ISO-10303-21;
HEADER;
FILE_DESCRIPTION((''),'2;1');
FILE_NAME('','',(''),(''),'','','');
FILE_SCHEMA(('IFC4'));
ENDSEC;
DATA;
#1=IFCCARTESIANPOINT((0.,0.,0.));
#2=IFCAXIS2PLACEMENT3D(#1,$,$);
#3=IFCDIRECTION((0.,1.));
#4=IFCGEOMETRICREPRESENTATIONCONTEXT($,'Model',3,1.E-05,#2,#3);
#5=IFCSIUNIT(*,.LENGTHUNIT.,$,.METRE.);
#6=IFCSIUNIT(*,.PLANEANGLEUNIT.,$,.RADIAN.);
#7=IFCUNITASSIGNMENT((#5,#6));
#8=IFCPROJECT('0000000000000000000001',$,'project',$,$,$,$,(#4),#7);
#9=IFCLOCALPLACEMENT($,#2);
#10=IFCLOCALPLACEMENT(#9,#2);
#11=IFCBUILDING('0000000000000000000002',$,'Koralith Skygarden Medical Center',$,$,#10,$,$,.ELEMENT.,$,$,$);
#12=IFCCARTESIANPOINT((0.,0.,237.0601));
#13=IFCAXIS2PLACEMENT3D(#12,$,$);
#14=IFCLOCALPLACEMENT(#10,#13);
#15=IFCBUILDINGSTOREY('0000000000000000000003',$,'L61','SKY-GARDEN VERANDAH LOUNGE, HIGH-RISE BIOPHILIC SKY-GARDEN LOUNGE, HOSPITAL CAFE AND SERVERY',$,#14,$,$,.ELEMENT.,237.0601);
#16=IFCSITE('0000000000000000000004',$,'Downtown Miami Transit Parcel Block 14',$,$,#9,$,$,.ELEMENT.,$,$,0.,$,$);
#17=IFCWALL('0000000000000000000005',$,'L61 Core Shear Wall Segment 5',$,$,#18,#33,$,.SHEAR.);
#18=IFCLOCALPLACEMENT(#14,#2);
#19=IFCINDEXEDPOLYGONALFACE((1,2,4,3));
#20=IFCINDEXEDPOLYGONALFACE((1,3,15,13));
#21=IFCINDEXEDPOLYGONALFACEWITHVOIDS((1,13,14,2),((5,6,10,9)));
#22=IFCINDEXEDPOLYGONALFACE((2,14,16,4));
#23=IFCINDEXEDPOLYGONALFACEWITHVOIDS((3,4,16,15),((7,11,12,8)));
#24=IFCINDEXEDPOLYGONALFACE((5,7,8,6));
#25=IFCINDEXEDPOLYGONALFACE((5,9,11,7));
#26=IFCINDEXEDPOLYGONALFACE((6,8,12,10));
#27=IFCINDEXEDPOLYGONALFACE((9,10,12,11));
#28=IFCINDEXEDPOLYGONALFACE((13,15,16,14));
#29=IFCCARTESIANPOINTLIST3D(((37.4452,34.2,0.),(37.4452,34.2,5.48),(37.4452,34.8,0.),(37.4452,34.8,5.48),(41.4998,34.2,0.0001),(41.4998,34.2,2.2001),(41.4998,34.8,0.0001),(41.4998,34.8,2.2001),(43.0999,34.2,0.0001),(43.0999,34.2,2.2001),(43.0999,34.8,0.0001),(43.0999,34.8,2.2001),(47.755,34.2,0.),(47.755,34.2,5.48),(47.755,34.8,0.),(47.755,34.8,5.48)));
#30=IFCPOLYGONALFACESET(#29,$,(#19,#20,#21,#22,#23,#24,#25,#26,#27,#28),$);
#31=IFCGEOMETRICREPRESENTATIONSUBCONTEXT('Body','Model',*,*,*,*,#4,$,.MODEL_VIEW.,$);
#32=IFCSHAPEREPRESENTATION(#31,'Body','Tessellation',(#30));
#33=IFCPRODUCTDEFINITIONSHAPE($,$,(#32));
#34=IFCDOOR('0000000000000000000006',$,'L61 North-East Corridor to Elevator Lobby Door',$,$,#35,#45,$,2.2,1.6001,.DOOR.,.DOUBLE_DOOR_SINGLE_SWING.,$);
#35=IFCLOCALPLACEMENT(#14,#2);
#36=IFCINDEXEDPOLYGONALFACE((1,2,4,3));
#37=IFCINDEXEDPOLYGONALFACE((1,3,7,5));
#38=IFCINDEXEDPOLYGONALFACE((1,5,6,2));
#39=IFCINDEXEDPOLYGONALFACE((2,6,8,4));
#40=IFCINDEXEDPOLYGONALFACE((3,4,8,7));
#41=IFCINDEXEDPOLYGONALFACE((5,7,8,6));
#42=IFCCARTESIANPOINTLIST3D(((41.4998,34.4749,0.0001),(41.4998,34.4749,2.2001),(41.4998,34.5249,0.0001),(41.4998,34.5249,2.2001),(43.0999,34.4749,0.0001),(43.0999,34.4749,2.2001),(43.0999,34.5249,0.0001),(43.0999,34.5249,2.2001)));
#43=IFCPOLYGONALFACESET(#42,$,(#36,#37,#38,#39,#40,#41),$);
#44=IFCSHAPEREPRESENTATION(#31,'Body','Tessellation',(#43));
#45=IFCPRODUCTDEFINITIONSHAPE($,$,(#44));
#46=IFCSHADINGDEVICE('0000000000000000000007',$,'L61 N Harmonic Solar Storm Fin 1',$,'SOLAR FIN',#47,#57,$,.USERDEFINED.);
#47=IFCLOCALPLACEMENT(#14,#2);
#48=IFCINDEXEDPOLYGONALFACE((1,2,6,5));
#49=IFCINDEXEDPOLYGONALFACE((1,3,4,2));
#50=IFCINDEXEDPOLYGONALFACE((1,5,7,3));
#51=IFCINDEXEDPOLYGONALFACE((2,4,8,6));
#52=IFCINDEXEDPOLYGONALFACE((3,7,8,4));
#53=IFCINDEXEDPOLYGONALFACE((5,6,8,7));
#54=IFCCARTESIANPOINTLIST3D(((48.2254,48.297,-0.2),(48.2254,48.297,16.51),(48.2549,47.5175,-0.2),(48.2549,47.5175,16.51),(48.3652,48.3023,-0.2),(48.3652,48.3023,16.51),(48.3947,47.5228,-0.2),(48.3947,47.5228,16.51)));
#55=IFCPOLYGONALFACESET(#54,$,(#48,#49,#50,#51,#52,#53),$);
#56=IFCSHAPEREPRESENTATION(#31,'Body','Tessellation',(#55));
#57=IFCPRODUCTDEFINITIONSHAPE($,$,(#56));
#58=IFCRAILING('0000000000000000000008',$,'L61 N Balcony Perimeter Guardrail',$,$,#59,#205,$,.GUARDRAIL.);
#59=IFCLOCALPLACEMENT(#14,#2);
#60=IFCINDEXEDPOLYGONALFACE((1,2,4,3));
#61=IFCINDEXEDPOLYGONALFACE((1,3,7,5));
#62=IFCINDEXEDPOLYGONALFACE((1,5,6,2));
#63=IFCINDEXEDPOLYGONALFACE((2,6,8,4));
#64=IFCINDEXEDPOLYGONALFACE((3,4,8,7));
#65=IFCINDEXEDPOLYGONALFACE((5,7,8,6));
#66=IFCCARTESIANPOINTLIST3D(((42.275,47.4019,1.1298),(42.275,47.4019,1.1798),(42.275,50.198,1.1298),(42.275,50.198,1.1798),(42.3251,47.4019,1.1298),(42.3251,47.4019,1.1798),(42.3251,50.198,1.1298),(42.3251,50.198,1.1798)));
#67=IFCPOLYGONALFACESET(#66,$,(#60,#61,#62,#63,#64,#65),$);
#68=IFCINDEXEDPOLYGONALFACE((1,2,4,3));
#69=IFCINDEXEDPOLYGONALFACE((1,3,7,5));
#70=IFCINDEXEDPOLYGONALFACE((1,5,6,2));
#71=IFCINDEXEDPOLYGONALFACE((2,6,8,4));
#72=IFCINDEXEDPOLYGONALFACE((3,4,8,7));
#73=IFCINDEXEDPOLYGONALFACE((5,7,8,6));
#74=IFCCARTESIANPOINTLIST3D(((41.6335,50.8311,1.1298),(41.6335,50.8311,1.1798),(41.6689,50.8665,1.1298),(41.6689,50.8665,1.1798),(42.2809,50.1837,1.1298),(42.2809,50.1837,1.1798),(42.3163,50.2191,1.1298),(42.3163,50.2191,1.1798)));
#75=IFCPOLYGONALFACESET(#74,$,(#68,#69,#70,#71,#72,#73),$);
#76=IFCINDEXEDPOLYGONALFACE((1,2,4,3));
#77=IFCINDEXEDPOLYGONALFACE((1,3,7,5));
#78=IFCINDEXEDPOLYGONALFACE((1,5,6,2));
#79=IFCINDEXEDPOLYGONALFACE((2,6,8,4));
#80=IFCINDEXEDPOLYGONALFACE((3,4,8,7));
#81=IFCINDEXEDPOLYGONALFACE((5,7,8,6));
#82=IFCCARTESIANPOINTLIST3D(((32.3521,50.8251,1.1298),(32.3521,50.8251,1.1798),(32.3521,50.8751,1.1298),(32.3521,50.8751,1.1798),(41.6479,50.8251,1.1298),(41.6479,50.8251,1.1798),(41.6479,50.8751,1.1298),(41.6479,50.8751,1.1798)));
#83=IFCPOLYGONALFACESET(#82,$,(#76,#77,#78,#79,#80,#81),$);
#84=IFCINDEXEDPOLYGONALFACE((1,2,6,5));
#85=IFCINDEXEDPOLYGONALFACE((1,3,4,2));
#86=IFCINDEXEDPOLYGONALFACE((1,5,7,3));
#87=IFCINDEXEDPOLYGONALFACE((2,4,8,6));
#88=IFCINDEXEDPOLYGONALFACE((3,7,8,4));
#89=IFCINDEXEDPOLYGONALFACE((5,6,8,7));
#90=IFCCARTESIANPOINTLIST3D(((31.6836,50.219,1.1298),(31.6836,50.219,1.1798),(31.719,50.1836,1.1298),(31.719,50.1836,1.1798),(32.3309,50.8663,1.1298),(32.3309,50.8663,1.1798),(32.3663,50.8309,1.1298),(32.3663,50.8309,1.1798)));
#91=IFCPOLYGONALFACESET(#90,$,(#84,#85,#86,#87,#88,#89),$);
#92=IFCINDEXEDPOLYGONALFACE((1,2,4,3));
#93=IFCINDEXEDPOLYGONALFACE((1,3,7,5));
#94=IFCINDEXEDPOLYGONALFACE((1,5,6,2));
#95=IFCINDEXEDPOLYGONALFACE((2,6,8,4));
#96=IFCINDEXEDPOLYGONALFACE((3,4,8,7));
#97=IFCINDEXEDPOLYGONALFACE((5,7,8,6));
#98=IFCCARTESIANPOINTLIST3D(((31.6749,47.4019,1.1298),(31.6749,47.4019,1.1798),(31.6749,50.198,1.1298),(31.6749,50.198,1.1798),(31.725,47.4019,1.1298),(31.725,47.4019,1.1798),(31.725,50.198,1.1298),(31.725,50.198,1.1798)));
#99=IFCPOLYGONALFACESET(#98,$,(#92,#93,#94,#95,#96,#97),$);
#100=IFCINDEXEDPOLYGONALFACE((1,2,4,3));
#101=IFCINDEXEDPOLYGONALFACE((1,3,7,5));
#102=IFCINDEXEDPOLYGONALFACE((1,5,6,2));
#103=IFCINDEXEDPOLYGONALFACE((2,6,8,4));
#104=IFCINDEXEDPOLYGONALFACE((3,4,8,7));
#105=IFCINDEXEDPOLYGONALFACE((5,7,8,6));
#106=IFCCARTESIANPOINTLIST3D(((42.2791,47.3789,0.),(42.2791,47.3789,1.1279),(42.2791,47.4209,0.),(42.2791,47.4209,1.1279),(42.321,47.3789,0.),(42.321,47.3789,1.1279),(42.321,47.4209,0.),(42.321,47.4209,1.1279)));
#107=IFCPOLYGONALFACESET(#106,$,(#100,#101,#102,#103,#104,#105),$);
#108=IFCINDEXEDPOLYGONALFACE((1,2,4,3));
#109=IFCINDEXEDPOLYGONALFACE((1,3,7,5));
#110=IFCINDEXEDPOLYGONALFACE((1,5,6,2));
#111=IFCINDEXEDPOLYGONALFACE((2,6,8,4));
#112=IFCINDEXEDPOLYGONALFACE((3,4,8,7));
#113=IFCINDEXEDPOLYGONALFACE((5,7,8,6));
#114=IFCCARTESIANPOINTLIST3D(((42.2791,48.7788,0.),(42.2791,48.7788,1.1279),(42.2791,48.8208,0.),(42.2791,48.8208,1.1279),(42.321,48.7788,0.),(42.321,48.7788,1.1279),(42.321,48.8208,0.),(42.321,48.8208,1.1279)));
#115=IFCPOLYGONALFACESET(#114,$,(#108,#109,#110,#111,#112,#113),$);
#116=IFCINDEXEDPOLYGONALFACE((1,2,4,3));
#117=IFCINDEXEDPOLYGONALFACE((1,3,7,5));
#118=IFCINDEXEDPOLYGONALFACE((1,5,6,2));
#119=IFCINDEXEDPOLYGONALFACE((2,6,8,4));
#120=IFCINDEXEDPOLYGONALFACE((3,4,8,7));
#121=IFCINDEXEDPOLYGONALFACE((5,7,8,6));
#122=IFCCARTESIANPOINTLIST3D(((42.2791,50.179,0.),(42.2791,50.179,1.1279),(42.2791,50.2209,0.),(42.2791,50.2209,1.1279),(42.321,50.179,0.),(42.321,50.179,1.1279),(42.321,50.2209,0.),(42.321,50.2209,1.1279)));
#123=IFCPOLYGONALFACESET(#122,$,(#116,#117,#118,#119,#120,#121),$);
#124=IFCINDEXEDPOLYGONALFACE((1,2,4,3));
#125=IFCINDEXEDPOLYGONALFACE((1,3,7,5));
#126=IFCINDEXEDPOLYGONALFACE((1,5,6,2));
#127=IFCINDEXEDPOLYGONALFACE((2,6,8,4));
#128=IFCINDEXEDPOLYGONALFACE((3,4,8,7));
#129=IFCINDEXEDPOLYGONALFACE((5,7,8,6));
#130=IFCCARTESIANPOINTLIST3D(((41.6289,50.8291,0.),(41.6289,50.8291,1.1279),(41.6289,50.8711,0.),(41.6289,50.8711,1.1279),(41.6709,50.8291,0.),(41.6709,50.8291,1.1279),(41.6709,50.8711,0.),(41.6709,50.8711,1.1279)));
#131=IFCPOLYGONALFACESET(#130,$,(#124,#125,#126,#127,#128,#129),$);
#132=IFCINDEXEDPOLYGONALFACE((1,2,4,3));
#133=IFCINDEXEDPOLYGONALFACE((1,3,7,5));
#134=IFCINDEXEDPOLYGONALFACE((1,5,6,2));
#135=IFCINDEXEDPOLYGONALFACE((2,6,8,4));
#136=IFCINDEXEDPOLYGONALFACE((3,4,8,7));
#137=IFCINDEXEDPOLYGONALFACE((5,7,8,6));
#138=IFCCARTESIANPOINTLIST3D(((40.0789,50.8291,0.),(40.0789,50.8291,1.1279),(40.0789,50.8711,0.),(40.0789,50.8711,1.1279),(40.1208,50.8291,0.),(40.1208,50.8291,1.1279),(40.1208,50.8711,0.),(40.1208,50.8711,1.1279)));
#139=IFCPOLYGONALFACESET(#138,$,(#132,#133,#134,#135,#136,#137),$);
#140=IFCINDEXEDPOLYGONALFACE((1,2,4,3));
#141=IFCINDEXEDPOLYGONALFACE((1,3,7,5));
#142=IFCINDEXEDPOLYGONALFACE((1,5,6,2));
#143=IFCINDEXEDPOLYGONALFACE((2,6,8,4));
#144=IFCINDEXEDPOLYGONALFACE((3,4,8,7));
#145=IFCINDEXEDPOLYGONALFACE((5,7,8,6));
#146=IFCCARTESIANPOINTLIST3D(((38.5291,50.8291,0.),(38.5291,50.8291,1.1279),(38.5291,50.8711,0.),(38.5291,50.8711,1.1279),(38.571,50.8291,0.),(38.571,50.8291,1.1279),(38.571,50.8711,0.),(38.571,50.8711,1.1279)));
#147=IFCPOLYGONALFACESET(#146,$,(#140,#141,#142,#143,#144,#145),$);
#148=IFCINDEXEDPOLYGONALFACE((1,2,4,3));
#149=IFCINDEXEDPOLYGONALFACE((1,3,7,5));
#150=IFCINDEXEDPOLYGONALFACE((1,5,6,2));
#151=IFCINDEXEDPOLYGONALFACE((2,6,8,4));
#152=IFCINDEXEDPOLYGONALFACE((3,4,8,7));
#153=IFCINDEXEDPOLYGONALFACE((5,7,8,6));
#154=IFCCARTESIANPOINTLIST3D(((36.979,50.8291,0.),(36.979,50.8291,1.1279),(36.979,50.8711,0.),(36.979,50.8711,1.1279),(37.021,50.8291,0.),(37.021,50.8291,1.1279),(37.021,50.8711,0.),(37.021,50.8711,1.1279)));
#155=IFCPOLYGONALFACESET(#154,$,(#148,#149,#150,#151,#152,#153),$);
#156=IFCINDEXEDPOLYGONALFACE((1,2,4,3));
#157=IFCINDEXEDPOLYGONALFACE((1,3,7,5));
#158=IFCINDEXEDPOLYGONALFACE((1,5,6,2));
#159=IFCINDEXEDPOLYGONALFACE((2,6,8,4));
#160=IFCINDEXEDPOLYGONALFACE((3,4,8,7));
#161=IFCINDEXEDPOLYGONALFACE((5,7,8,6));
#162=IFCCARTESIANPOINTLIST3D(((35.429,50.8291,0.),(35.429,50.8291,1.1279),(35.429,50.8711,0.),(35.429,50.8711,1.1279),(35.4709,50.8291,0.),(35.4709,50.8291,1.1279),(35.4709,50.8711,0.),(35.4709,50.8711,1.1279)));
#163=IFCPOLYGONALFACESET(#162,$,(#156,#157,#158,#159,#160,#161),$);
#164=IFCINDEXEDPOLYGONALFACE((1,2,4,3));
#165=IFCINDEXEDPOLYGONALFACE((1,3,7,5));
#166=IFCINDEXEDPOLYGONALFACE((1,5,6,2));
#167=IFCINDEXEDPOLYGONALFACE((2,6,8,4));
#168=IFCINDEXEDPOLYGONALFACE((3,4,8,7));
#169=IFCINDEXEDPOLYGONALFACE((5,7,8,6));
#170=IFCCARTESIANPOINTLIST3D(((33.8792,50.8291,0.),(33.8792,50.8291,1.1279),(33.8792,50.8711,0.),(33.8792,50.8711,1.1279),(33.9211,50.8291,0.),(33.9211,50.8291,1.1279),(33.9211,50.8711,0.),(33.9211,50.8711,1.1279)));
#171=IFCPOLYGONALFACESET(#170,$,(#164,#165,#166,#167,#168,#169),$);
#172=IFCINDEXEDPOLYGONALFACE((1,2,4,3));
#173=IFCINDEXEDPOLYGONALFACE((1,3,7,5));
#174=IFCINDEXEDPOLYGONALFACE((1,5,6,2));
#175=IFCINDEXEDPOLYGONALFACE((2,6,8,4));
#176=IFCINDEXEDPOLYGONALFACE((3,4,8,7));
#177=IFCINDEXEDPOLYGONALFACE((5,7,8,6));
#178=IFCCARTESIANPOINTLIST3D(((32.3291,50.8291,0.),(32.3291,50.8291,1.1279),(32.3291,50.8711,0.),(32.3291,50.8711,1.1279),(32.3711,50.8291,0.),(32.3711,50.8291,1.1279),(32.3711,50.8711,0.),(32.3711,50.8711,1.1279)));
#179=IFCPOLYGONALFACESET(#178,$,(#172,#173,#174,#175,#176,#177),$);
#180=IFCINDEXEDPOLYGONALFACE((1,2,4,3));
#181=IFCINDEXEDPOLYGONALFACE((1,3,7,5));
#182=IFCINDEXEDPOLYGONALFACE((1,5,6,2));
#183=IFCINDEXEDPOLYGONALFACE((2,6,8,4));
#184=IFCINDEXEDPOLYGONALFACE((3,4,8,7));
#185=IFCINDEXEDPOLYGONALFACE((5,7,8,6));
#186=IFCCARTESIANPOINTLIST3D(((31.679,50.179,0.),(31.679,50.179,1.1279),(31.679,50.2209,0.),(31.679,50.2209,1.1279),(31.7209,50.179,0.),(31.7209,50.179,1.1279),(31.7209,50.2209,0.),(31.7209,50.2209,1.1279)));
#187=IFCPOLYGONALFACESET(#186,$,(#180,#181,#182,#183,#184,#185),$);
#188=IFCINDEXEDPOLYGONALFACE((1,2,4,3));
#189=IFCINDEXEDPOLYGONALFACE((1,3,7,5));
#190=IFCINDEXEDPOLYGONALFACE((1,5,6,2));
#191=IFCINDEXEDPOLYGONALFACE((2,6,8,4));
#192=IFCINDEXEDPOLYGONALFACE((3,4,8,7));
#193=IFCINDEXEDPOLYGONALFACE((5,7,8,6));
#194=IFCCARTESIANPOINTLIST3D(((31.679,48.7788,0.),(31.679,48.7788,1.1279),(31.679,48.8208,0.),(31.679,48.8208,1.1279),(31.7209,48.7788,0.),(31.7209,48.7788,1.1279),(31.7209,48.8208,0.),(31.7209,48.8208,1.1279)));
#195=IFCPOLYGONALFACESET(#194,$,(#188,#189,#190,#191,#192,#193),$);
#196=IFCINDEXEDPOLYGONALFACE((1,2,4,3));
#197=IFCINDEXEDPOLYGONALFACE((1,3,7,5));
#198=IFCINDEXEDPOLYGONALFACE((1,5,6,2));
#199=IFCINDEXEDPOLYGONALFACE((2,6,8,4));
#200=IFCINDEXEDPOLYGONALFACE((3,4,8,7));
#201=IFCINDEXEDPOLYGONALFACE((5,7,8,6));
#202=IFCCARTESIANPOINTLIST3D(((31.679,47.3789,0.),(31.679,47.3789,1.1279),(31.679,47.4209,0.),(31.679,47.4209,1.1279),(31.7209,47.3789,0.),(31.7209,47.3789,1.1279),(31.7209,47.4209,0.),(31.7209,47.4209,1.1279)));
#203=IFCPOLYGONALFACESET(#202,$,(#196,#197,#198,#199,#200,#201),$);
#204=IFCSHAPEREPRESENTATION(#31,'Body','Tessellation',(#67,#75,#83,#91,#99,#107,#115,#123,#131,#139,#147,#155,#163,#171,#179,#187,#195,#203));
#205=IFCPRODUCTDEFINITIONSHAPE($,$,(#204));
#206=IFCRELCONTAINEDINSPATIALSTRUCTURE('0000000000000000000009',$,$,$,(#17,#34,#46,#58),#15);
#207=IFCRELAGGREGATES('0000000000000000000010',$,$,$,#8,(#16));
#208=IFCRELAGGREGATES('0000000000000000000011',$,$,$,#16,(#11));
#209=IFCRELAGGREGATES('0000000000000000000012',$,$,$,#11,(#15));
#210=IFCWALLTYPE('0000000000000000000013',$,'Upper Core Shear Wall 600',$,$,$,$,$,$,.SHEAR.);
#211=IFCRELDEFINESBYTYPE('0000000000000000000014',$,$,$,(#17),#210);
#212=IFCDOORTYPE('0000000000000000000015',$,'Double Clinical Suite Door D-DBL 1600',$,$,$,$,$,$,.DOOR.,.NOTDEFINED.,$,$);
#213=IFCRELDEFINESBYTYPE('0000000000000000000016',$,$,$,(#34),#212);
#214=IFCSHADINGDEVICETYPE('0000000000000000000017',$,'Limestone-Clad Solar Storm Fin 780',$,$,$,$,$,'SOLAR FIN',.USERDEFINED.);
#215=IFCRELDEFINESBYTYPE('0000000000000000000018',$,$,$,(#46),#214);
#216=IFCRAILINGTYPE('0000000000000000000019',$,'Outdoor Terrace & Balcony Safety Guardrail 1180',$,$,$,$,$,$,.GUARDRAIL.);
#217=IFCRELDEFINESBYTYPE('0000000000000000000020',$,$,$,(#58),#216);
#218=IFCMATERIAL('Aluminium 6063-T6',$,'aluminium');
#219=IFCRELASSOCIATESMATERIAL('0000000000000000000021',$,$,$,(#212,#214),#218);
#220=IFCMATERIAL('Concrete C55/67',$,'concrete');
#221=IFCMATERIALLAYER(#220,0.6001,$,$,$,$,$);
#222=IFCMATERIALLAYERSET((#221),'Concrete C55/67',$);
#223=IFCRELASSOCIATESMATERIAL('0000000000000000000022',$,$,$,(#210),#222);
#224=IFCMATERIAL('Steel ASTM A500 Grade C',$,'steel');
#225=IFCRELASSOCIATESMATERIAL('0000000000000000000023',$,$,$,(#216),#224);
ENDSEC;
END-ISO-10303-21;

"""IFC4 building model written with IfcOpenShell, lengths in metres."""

from ifc_helpers import new_model, si_unit, direction, frame, frame_2d, origin, origin_2d, place, context, subcontext, project, spatial, rectangle, extrude, material, layer, layer_set, type_object, element, fill, save


model = new_model("IFC4")

# Units and contexts
model_context = context("Model", 3, precision=1e-05, world=origin(), true_north=direction((0.0, 1.0)))
body_context = subcontext(model_context, "Body", "Model", "MODEL_VIEW")
ifc_project = project(units=[si_unit("LENGTHUNIT", "METRE"), si_unit("PLANEANGLEUNIT", "RADIAN")], contexts=[model_context])

# Site, building, storey
site_placement = place(None, origin())
site = spatial("IfcSite", under=ifc_project, at=site_placement, Name="Downtown Miami Transit Parcel Block 14", CompositionType="ELEMENT", RefElevation=0.0)
building_placement = place(site_placement, origin())
building = spatial("IfcBuilding", under=site, at=building_placement, Name="Koralith Skygarden Medical Center", CompositionType="ELEMENT")
storey_placement = place(building_placement, frame((0.0, 0.0, 237.0601)))
storey = spatial("IfcBuildingStorey", under=building, at=storey_placement, Name="L61", Description="SKY-GARDEN VERANDAH LOUNGE, HIGH-RISE BIOPHILIC SKY-GARDEN LOUNGE, HOSPITAL CAFE AND SERVERY", CompositionType="ELEMENT", Elevation=237.0601)

# Shared definitions
ifc_material_1 = material(Name="Concrete C55/67", Category="concrete")

# Shared definitions
ifc_material_2 = material(Name="Aluminium 6063-T6", Category="aluminium")

# Shared definitions
door_type_1 = type_object("IfcDoorType", Name="Double Clinical Suite Door D-DBL 1600", OperationType="NOTDEFINED", PredefinedType="DOOR", material=ifc_material_2)
ifc_material_3 = material(Name="Steel ASTM A500 Grade C", Category="steel")

# Wall, opening, door
ifc_layer_1 = layer(ifc_material_1, 0.6001)
ifc_layer_set_1 = layer_set([ifc_layer_1], Name="Concrete C55/67")
wall_type_1 = type_object("IfcWallType", Name="Upper Core Shear Wall 600", PredefinedType="SHEAR", material=ifc_layer_set_1)
wall_1_placement = place(storey_placement, frame((47.7549, 34.5, 0.0), z_axis=(0.0, 0.0, 1.0), x_axis=(-1.0, 0.0, 0.0)))
wall_1 = element("IfcWall", 1, at=wall_1_placement, inside=storey, type_object=wall_type_1, Name="L61 Core Shear Wall Segment 5", PredefinedType="SHEAR", context=body_context, shape_type="SweptSolid", body=[
    extrude(rectangle(XDim=10.3098, YDim=0.6001, at=frame_2d((5.1548, 0.0))), origin(), (0.0, 0.0, 1.0), 5.48),
])
opening_1_placement = place(wall_1_placement, frame((4.655, 0.0, 0.0)))
opening_1 = element("IfcOpeningElement", 2, at=opening_1_placement, cuts=wall_1, PredefinedType="OPENING", context=body_context, shape_type="SweptSolid", body=[
    extrude(rectangle(XDim=1.6001, YDim=2.2, at=frame_2d((0.8, 1.1001))), frame((0.0, 0.3101, 0.0), z_axis=(0.0, -1.0, 0.0), x_axis=(1.0, 0.0, 0.0)), (0.0, 0.0, 1.0), 0.6201),
])
door_1_placement = place(opening_1_placement, frame((1.6001, 0.0, 0.0), z_axis=(0.0, 0.0, 1.0), x_axis=(-1.0, 0.0, 0.0)))
door_1 = element("IfcDoor", 3, at=door_1_placement, inside=storey, type_object=door_type_1, Name="L61 North-East Corridor to Elevator Lobby Door", OperationType="DOUBLE_DOOR_SINGLE_SWING", OverallHeight=2.2, OverallWidth=1.6001, PredefinedType="DOOR", context=body_context, shape_type="SweptSolid", body=[
    extrude(rectangle(XDim=1.6001, YDim=2.2, at=frame_2d((0.8, 1.1001))), frame((0.0, 0.0249, 0.0), z_axis=(0.0, -1.0, 0.0), x_axis=(1.0, 0.0, 0.0)), (0.0, 0.0, 1.0), 0.05),
])
fill(opening_1, door_1)

# Shading device
shading_device_type_1 = type_object("IfcShadingDeviceType", Name="Limestone-Clad Solar Storm Fin 780", ElementType="SOLAR FIN", PredefinedType="USERDEFINED", material=ifc_material_2)
shading_device_1_placement = place(storey_placement, frame((48.3101, 47.9099, -0.2), z_axis=(0.0, 0.0, 1.0), x_axis=(-0.03783, 0.999284, 0.0)))
element("IfcShadingDevice", 4, at=shading_device_1_placement, inside=storey, type_object=shading_device_type_1, Name="L61 N Harmonic Solar Storm Fin 1", ObjectType="SOLAR FIN", PredefinedType="USERDEFINED", context=body_context, shape_type="SweptSolid", body=[
    extrude(rectangle(XDim=0.78, YDim=0.1399, at=origin_2d()), origin(), (0.0, 0.0, 1.0), 16.71),
])

# Railing
railing_type = type_object("IfcRailingType", Name="Outdoor Terrace & Balcony Safety Guardrail 1180", PredefinedType="GUARDRAIL", material=ifc_material_3)
railing_placement = place(storey_placement, frame((42.3, 47.3999, 0.0)))
element("IfcRailing", 5, at=railing_placement, inside=storey, type_object=railing_type, Name="L61 N Balcony Perimeter Guardrail", PredefinedType="GUARDRAIL", context=body_context, shape_type="SweptSolid", body=[
    extrude(rectangle(XDim=0.05, YDim=0.05, at=origin_2d()), frame((0.0, 0.002, 1.1548), z_axis=(0.0, 1.0, 0.0), x_axis=(-1.0, 0.0, 0.0)), (0.0, 0.0, 1.0), 2.7961),
    extrude(rectangle(XDim=0.05, YDim=0.05, at=origin_2d()), frame((-0.0015, 2.8015, 1.1548), z_axis=(-0.707107, 0.707107, 0.0), x_axis=(-0.707107, -0.707107, 0.0)), (0.0, 0.0, 1.0), 0.9155),
    extrude(rectangle(XDim=0.05, YDim=0.05, at=origin_2d()), frame((-0.6521, 3.4502, 1.1548), z_axis=(-1.0, 0.0, 0.0), x_axis=(0.0, -1.0, 0.0)), (0.0, 0.0, 1.0), 9.2959),
    extrude(rectangle(XDim=0.05, YDim=0.05, at=origin_2d()), frame((-9.9514, 3.4487, 1.1548), z_axis=(-0.707107, -0.707107, 0.0), x_axis=(0.707107, -0.707107, 0.0)), (0.0, 0.0, 1.0), 0.9155),
    extrude(rectangle(XDim=0.05, YDim=0.05, at=origin_2d()), frame((-10.6001, 2.7981, 1.1548), z_axis=(0.0, -1.0, 0.0), x_axis=(1.0, 0.0, 0.0)), (0.0, 0.0, 1.0), 2.7961),
    extrude(rectangle(XDim=0.042, YDim=0.042, at=origin_2d()), origin(), (0.0, 0.0, 1.0), 1.1279),
    extrude(rectangle(XDim=0.042, YDim=0.042, at=origin_2d()), frame((0.0, 1.3999, 0.0)), (0.0, 0.0, 1.0), 1.1279),
    extrude(rectangle(XDim=0.042, YDim=0.042, at=origin_2d()), frame((0.0, 2.8, 0.0)), (0.0, 0.0, 1.0), 1.1279),
    extrude(rectangle(XDim=0.042, YDim=0.042, at=origin_2d()), frame((-0.6501, 3.4502, 0.0)), (0.0, 0.0, 1.0), 1.1279),
    extrude(rectangle(XDim=0.042, YDim=0.042, at=origin_2d()), frame((-2.2002, 3.4502, 0.0)), (0.0, 0.0, 1.0), 1.1279),
    extrude(rectangle(XDim=0.042, YDim=0.042, at=origin_2d()), frame((-3.75, 3.4502, 0.0)), (0.0, 0.0, 1.0), 1.1279),
    extrude(rectangle(XDim=0.042, YDim=0.042, at=origin_2d()), frame((-5.3, 3.4502, 0.0)), (0.0, 0.0, 1.0), 1.1279),
    extrude(rectangle(XDim=0.042, YDim=0.042, at=origin_2d()), frame((-6.8501, 3.4502, 0.0)), (0.0, 0.0, 1.0), 1.1279),
    extrude(rectangle(XDim=0.042, YDim=0.042, at=origin_2d()), frame((-8.3999, 3.4502, 0.0)), (0.0, 0.0, 1.0), 1.1279),
    extrude(rectangle(XDim=0.042, YDim=0.042, at=origin_2d()), frame((-9.95, 3.4502, 0.0)), (0.0, 0.0, 1.0), 1.1279),
    extrude(rectangle(XDim=0.042, YDim=0.042, at=origin_2d()), frame((-10.6001, 2.8, 0.0)), (0.0, 0.0, 1.0), 1.1279),
    extrude(rectangle(XDim=0.042, YDim=0.042, at=origin_2d()), frame((-10.6001, 1.3999, 0.0)), (0.0, 0.0, 1.0), 1.1279),
    extrude(rectangle(XDim=0.042, YDim=0.042, at=origin_2d()), frame((-10.6001, 0.0, 0.0)), (0.0, 0.0, 1.0), 1.1279),
])

save(model, "model.ifc")
